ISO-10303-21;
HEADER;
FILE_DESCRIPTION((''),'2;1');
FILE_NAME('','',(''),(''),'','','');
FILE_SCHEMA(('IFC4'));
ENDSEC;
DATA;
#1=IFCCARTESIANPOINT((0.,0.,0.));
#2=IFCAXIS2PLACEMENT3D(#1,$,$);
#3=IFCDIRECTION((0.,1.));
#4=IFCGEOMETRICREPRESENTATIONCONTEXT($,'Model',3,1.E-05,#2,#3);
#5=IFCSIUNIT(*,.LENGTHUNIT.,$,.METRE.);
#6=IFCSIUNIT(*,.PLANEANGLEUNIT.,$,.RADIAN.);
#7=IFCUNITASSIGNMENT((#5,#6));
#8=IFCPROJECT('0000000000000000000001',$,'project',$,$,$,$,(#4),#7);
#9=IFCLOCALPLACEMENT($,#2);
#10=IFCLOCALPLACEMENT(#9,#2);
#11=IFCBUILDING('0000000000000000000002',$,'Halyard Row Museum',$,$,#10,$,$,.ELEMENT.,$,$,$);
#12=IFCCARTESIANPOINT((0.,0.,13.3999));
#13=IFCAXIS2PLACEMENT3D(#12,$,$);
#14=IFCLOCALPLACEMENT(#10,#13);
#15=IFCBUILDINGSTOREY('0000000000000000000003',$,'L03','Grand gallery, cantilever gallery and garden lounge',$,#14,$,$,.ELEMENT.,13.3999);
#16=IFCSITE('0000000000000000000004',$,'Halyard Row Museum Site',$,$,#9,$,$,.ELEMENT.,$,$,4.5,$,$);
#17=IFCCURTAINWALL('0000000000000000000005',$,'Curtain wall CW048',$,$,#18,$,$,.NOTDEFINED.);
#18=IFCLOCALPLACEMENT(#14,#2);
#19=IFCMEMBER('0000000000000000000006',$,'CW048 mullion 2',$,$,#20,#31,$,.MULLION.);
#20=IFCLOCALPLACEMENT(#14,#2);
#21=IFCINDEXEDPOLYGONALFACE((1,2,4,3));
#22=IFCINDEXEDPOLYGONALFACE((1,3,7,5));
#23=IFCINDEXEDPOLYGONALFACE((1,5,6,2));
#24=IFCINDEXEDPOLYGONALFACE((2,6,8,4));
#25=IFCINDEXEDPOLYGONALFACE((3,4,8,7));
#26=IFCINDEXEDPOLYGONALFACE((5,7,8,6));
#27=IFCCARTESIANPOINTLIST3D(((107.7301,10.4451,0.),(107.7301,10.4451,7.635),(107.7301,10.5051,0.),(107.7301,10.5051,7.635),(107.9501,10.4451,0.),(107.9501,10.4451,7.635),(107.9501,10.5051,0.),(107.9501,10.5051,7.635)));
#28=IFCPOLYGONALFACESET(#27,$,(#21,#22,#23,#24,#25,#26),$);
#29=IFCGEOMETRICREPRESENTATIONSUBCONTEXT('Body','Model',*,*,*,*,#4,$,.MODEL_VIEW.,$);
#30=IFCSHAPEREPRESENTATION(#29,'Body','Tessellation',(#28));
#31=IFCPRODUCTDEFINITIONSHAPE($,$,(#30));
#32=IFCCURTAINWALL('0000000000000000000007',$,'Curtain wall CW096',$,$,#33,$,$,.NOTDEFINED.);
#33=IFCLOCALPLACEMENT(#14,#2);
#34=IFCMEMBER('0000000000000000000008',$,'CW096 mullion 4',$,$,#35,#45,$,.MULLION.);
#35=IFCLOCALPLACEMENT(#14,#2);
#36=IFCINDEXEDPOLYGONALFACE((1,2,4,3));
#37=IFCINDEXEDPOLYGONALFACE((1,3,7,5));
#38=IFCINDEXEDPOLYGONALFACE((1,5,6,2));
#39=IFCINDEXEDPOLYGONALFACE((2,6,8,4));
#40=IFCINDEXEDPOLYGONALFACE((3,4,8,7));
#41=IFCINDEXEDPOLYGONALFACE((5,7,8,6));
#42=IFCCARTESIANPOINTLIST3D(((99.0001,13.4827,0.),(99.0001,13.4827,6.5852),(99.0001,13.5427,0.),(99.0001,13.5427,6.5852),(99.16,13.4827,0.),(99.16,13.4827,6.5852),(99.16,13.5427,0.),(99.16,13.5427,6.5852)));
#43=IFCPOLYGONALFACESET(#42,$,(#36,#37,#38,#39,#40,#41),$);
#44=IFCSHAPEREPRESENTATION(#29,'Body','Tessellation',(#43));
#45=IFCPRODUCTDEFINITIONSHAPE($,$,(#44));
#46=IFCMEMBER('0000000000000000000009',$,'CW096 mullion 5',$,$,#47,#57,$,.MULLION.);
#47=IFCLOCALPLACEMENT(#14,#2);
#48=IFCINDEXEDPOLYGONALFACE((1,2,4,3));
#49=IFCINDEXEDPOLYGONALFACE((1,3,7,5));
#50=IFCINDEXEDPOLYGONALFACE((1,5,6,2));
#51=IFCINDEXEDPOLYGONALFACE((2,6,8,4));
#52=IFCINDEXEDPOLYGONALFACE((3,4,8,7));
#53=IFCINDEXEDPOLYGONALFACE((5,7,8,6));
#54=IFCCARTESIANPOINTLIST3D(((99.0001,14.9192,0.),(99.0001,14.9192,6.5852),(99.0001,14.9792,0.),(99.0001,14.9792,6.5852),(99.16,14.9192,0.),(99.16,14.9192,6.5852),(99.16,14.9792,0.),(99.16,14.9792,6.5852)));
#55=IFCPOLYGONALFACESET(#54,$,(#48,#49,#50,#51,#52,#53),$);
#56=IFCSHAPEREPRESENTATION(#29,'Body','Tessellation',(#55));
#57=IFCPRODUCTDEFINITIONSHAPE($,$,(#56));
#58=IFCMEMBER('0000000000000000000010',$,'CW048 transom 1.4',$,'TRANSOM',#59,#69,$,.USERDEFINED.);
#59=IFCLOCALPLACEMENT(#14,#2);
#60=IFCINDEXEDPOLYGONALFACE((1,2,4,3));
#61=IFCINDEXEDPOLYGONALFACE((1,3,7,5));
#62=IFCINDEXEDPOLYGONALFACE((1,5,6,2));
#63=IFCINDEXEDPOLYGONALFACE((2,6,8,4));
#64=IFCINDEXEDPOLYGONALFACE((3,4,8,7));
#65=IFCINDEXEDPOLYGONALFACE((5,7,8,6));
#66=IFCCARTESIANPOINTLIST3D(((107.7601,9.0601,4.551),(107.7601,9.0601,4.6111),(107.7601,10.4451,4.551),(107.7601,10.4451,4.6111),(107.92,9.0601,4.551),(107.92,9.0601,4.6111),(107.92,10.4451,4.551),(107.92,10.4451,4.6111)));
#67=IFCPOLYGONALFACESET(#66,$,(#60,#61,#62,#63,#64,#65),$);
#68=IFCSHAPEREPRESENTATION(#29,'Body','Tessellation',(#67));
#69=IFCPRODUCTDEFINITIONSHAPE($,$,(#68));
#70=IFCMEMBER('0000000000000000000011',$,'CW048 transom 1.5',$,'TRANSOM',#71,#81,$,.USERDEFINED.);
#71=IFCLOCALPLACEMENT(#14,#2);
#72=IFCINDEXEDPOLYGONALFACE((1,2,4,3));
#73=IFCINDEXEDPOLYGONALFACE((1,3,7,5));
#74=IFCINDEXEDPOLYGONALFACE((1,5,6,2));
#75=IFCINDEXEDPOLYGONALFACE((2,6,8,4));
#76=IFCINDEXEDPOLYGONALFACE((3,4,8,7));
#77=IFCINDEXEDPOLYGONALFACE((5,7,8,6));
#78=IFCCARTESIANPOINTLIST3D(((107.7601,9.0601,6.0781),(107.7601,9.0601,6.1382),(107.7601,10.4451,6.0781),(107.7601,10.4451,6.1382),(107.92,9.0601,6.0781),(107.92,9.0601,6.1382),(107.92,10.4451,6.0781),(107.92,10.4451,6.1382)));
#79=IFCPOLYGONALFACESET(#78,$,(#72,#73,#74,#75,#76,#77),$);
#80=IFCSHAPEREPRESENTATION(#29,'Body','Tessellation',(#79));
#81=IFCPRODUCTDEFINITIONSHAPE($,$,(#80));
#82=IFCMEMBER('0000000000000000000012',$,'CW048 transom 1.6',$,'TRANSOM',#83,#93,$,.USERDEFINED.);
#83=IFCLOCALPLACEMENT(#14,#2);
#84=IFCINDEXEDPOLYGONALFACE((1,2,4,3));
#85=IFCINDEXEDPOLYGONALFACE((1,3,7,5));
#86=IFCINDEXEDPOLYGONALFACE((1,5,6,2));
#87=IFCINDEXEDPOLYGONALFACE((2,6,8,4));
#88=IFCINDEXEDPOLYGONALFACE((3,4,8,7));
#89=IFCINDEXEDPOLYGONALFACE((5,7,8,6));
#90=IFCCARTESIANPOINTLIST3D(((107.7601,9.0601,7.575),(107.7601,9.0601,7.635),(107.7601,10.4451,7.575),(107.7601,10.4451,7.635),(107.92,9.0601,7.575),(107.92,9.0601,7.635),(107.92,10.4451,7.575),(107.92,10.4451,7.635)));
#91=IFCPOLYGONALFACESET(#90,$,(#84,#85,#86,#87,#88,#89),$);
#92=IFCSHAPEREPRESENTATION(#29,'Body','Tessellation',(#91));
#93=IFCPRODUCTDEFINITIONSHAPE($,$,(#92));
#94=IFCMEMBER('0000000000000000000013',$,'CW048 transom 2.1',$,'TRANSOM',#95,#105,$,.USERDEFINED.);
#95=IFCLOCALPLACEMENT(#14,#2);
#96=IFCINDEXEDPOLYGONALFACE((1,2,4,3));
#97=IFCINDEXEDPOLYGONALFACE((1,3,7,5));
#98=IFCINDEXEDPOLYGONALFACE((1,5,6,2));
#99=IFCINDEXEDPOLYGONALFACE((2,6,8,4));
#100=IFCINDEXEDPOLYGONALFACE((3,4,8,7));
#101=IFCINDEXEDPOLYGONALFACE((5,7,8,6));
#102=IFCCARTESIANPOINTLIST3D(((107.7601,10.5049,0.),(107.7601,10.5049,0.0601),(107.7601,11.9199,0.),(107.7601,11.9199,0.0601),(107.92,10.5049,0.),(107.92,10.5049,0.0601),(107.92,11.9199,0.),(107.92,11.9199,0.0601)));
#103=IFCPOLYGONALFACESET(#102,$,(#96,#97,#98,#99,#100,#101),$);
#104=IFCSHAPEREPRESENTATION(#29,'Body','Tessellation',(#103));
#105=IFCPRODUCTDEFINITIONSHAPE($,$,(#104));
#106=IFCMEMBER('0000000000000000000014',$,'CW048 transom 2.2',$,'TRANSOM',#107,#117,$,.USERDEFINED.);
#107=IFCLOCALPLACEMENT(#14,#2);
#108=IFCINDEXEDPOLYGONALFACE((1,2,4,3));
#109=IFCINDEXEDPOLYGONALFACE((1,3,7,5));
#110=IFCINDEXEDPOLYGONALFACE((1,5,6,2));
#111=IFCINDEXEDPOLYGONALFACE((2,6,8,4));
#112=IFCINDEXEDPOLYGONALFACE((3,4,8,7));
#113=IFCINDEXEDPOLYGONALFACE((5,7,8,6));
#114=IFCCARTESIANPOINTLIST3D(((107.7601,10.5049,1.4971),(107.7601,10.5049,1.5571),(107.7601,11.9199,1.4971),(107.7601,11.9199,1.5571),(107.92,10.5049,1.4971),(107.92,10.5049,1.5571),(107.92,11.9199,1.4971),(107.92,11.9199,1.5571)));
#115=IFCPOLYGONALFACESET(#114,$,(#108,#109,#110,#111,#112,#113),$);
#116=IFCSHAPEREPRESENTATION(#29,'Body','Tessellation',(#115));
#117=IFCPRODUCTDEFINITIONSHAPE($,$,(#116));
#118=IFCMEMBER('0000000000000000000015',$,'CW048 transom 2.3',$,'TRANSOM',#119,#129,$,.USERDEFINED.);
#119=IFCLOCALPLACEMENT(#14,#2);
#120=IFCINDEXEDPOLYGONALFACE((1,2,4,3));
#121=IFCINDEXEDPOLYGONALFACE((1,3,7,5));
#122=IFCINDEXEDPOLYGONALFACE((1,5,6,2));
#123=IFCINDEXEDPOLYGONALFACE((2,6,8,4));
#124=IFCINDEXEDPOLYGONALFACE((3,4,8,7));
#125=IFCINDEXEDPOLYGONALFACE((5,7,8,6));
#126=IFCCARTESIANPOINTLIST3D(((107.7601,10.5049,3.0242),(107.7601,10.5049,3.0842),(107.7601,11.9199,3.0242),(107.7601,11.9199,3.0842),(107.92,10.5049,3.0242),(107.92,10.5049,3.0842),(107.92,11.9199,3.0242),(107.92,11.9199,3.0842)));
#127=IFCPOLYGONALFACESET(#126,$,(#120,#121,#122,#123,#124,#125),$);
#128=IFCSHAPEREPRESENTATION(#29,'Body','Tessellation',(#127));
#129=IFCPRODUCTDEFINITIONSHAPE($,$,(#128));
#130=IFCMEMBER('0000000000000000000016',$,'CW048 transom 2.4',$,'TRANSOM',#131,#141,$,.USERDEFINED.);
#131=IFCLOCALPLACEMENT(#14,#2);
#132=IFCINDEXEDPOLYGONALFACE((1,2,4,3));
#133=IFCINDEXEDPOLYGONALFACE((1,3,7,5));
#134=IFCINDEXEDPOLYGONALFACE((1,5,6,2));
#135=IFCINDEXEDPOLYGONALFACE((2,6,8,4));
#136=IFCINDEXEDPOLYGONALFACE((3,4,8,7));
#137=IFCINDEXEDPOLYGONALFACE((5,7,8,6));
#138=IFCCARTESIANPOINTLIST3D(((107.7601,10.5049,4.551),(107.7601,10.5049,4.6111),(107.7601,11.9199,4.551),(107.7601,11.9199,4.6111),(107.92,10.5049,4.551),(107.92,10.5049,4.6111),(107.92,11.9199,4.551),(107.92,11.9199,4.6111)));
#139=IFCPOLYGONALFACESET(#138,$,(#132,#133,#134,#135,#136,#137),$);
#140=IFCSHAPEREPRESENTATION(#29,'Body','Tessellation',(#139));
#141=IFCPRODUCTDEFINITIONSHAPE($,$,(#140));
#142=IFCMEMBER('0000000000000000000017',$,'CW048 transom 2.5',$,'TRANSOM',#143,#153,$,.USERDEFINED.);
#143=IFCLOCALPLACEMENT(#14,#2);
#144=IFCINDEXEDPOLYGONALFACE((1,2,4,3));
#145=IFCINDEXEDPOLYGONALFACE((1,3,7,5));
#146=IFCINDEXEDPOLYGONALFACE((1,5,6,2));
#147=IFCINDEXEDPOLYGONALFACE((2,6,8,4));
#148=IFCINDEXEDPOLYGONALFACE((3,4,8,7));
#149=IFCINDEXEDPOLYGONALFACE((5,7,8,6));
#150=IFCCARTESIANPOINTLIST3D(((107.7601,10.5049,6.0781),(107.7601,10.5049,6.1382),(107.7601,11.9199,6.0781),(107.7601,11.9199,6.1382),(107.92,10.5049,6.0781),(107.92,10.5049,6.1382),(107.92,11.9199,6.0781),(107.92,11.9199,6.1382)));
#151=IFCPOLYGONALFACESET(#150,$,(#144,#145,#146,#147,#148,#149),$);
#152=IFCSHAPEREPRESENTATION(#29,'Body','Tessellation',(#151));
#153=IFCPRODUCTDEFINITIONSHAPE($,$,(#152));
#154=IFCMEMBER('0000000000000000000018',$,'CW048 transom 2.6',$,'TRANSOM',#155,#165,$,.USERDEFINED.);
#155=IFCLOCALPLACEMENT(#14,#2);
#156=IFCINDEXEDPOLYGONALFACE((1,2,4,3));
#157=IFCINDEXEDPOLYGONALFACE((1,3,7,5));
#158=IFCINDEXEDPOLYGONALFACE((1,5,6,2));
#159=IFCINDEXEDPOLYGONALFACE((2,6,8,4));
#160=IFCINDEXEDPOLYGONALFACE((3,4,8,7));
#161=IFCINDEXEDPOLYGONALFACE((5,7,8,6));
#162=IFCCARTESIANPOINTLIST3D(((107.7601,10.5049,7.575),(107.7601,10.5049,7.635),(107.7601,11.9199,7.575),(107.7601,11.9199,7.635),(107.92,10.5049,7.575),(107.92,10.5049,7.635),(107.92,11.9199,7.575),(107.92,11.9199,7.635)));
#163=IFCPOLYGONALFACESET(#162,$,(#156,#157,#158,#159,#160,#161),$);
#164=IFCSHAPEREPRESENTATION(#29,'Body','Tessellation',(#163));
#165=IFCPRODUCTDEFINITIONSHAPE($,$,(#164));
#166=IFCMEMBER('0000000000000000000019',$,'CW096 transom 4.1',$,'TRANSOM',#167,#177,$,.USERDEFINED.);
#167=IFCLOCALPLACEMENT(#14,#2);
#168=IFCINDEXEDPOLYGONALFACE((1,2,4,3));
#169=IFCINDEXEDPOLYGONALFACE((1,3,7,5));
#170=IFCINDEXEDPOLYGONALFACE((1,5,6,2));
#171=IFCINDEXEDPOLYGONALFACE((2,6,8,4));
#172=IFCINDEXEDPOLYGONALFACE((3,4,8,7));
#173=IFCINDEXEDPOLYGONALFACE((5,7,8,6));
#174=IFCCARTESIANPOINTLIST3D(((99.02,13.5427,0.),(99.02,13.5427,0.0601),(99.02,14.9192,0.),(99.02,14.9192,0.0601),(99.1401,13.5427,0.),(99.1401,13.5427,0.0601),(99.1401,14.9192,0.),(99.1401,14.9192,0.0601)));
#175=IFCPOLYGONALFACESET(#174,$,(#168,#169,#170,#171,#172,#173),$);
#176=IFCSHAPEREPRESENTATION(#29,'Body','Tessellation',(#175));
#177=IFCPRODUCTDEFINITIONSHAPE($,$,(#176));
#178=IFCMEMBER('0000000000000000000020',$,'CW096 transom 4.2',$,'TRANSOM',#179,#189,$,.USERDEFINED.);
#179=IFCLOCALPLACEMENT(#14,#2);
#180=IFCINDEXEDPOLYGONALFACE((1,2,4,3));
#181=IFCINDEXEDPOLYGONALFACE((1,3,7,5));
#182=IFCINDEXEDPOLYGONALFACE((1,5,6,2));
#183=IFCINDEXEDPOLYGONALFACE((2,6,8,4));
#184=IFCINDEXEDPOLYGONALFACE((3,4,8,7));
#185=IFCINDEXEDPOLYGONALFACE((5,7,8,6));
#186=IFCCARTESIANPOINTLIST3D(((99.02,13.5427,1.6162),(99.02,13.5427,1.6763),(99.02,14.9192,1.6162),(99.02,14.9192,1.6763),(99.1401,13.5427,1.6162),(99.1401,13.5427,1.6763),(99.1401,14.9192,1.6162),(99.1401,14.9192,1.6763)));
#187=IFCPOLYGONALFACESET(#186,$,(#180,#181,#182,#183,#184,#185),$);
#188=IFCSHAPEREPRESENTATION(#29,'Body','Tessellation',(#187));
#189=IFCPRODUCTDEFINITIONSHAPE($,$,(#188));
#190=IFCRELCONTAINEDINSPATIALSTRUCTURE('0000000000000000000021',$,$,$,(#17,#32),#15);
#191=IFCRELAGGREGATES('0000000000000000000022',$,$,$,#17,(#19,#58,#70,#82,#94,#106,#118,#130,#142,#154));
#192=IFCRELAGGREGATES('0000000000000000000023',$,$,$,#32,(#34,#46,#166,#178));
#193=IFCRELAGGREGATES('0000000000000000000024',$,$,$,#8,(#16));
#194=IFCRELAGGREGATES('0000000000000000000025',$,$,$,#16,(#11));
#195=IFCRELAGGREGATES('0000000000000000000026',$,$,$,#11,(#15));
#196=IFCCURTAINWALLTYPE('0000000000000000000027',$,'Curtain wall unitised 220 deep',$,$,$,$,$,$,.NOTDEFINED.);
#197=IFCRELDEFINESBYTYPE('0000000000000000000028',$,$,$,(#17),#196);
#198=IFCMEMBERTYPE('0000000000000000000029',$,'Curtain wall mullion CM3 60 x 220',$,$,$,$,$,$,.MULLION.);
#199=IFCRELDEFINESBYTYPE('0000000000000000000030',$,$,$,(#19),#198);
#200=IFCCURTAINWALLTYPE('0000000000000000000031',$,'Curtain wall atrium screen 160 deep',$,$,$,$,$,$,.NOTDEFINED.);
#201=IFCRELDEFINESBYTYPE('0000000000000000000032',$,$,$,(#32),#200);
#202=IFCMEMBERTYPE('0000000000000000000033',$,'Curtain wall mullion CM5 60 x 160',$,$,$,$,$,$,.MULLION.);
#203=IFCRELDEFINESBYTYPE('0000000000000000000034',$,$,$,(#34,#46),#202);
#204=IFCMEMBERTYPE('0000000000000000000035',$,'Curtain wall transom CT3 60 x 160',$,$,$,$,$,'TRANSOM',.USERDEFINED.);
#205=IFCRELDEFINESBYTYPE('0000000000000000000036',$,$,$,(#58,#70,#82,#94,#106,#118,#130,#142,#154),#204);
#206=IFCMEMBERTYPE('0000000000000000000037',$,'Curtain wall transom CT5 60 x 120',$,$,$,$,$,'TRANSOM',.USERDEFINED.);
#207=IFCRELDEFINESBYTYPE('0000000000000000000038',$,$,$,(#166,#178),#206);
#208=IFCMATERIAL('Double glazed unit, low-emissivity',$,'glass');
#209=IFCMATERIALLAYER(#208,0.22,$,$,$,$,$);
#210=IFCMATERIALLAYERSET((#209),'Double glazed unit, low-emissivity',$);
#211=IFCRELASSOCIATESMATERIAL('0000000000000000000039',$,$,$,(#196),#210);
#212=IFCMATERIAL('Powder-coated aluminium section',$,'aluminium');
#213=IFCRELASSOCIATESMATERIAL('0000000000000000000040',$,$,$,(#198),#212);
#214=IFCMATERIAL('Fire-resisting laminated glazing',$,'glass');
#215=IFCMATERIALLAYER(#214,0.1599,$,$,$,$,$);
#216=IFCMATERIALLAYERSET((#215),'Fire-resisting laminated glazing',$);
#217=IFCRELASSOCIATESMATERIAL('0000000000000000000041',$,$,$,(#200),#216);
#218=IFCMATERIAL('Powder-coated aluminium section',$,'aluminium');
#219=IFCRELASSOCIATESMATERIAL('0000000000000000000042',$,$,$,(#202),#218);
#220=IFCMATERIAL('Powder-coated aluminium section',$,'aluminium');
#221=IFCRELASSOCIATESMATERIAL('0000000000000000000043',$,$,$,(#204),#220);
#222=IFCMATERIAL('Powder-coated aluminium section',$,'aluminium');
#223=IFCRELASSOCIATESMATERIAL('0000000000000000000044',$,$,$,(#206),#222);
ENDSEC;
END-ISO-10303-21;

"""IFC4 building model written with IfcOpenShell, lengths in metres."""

from ifc_helpers import new_model, si_unit, direction, frame, origin, origin_2d, place, context, subcontext, project, spatial, rectangle, extrude, material, layer, layer_set, material_profile, profile_set, type_object, element, aggregate, save


model = new_model("IFC4")

# Units and contexts
model_context = context("Model", 3, precision=1e-05, world=origin(), true_north=direction((0.0, 1.0)))
body_context = subcontext(model_context, "Body", "Model", "MODEL_VIEW")
ifc_project = project(units=[si_unit("LENGTHUNIT", "METRE"), si_unit("PLANEANGLEUNIT", "RADIAN")], contexts=[model_context])

# Site, building, storey
site_placement = place(None, origin())
site = spatial("IfcSite", under=ifc_project, at=site_placement, Name="Halyard Row Museum Site", CompositionType="ELEMENT", RefElevation=4.5)
building_placement = place(site_placement, origin())
building = spatial("IfcBuilding", under=site, at=building_placement, Name="Halyard Row Museum", CompositionType="ELEMENT")
storey_placement = place(building_placement, frame((0.0, 0.0, 13.3999)))
storey = spatial("IfcBuildingStorey", under=building, at=storey_placement, Name="L03", Description="Grand gallery, cantilever gallery and garden lounge", CompositionType="ELEMENT", Elevation=13.3999)

# Curtain wall, member
ifc_material_1 = material(Name="Double glazed unit, low-emissivity", Category="glass")
ifc_layer_1 = layer(ifc_material_1, 0.22)
ifc_layer_set_1 = layer_set([ifc_layer_1], Name="Double glazed unit, low-emissivity")
curtain_wall_type_1 = type_object("IfcCurtainWallType", Name="Curtain wall unitised 220 deep", PredefinedType="NOTDEFINED", material=ifc_layer_set_1)
curtain_wall_1_placement = place(storey_placement, origin())
curtain_wall_1 = element("IfcCurtainWall", 1, at=curtain_wall_1_placement, inside=storey, type_object=curtain_wall_type_1, Name="Curtain wall CW048", PredefinedType="NOTDEFINED")
ifc_material_2 = material(Name="Powder-coated aluminium section", Category="aluminium")
ifc_material_profile_1 = material_profile(ifc_material_2, rectangle(XDim=0.22, YDim=0.0601, at=origin_2d()), Name="220x60 mullion")
ifc_profile_set_1 = profile_set([ifc_material_profile_1], Name="Powder-coated aluminium section")
member_type_1 = type_object("IfcMemberType", Name="Curtain wall mullion CM3 60 x 220", PredefinedType="MULLION", material=ifc_profile_set_1)
member_1_placement = place(storey_placement, frame((107.8401, 10.4751, 0.0), z_axis=(0.0, 0.0, 1.0), x_axis=(-1.0, 0.0, 0.0)))
member_1 = element("IfcMember", 2, at=member_1_placement, type_object=member_type_1, Name="CW048 mullion 2", PredefinedType="MULLION", context=body_context, shape_type="SweptSolid", body=[
    extrude(rectangle(XDim=0.22, YDim=0.0601, at=origin_2d()), origin(), (0.0, 0.0, 1.0), 7.635),
])

# Curtain wall, members
ifc_material_3 = material(Name="Fire-resisting laminated glazing", Category="glass")
ifc_layer_2 = layer(ifc_material_3, 0.1599)
ifc_layer_set_2 = layer_set([ifc_layer_2], Name="Fire-resisting laminated glazing")
curtain_wall_type_2 = type_object("IfcCurtainWallType", Name="Curtain wall atrium screen 160 deep", PredefinedType="NOTDEFINED", material=ifc_layer_set_2)
curtain_wall_2_placement = place(storey_placement, origin())
curtain_wall_2 = element("IfcCurtainWall", 3, at=curtain_wall_2_placement, inside=storey, type_object=curtain_wall_type_2, Name="Curtain wall CW096", PredefinedType="NOTDEFINED")
ifc_material_4 = material(Name="Powder-coated aluminium section", Category="aluminium")
ifc_material_profile_2 = material_profile(ifc_material_4, rectangle(XDim=0.1599, YDim=0.0601, at=origin_2d()), Name="160x60 mullion")
ifc_profile_set_2 = profile_set([ifc_material_profile_2], Name="Powder-coated aluminium section")
member_type_2 = type_object("IfcMemberType", Name="Curtain wall mullion CM5 60 x 160", PredefinedType="MULLION", material=ifc_profile_set_2)
member_2_placement = place(storey_placement, frame((99.0801, 13.5127, 0.0), z_axis=(0.0, 0.0, 1.0), x_axis=(-1.0, 0.0, 0.0)))
member_2 = element("IfcMember", 4, at=member_2_placement, type_object=member_type_2, Name="CW096 mullion 4", PredefinedType="MULLION", context=body_context, shape_type="SweptSolid", body=[
    extrude(rectangle(XDim=0.1599, YDim=0.0601, at=origin_2d()), origin(), (0.0, 0.0, 1.0), 6.5852),
])
member_3_placement = place(storey_placement, frame((99.0801, 14.9492, 0.0), z_axis=(0.0, 0.0, 1.0), x_axis=(-1.0, 0.0, 0.0)))
member_3 = element("IfcMember", 5, at=member_3_placement, type_object=member_type_2, Name="CW096 mullion 5", PredefinedType="MULLION", context=body_context, shape_type="SweptSolid", body=[
    extrude(rectangle(XDim=0.1599, YDim=0.0601, at=origin_2d()), origin(), (0.0, 0.0, 1.0), 6.5852),
])

# Members
ifc_material_5 = material(Name="Powder-coated aluminium section", Category="aluminium")
ifc_material_profile_3 = material_profile(ifc_material_5, rectangle(XDim=0.1599, YDim=0.0601, at=origin_2d()), Name="160x60 transom")
ifc_profile_set_3 = profile_set([ifc_material_profile_3], Name="Powder-coated aluminium section")
member_type_3 = type_object("IfcMemberType", Name="Curtain wall transom CT3 60 x 160", ElementType="TRANSOM", PredefinedType="USERDEFINED", material=ifc_profile_set_3)
member_4_placement = place(storey_placement, frame((107.8401, 9.0601, 4.5811), z_axis=(0.0, 1.0, 0.0), x_axis=(-1.0, 0.0, 0.0)))
member_4 = element("IfcMember", 6, at=member_4_placement, type_object=member_type_3, Name="CW048 transom 1.4", ObjectType="TRANSOM", PredefinedType="USERDEFINED", context=body_context, shape_type="SweptSolid", body=[
    extrude(rectangle(XDim=0.1599, YDim=0.0601, at=origin_2d()), origin(), (0.0, 0.0, 1.0), 1.385),
])
member_5_placement = place(storey_placement, frame((107.8401, 9.0601, 6.1082), z_axis=(0.0, 1.0, 0.0), x_axis=(-1.0, 0.0, 0.0)))
member_5 = element("IfcMember", 7, at=member_5_placement, type_object=member_type_3, Name="CW048 transom 1.5", ObjectType="TRANSOM", PredefinedType="USERDEFINED", context=body_context, shape_type="SweptSolid", body=[
    extrude(rectangle(XDim=0.1599, YDim=0.0601, at=origin_2d()), origin(), (0.0, 0.0, 1.0), 1.385),
])
member_6_placement = place(storey_placement, frame((107.8401, 9.0601, 7.605), z_axis=(0.0, 1.0, 0.0), x_axis=(-1.0, 0.0, 0.0)))
member_6 = element("IfcMember", 8, at=member_6_placement, type_object=member_type_3, Name="CW048 transom 1.6", ObjectType="TRANSOM", PredefinedType="USERDEFINED", context=body_context, shape_type="SweptSolid", body=[
    extrude(rectangle(XDim=0.1599, YDim=0.0601, at=origin_2d()), origin(), (0.0, 0.0, 1.0), 1.385),
])
member_7_placement = place(storey_placement, frame((107.8401, 10.5049, 0.03), z_axis=(0.0, 1.0, 0.0), x_axis=(-1.0, 0.0, 0.0)))
member_7 = element("IfcMember", 9, at=member_7_placement, type_object=member_type_3, Name="CW048 transom 2.1", ObjectType="TRANSOM", PredefinedType="USERDEFINED", context=body_context, shape_type="SweptSolid", body=[
    extrude(rectangle(XDim=0.1599, YDim=0.0601, at=origin_2d()), origin(), (0.0, 0.0, 1.0), 1.415),
])
member_8_placement = place(storey_placement, frame((107.8401, 10.5049, 1.5271), z_axis=(0.0, 1.0, 0.0), x_axis=(-1.0, 0.0, 0.0)))
member_8 = element("IfcMember", 10, at=member_8_placement, type_object=member_type_3, Name="CW048 transom 2.2", ObjectType="TRANSOM", PredefinedType="USERDEFINED", context=body_context, shape_type="SweptSolid", body=[
    extrude(rectangle(XDim=0.1599, YDim=0.0601, at=origin_2d()), origin(), (0.0, 0.0, 1.0), 1.415),
])
member_9_placement = place(storey_placement, frame((107.8401, 10.5049, 3.0542), z_axis=(0.0, 1.0, 0.0), x_axis=(-1.0, 0.0, 0.0)))
member_9 = element("IfcMember", 11, at=member_9_placement, type_object=member_type_3, Name="CW048 transom 2.3", ObjectType="TRANSOM", PredefinedType="USERDEFINED", context=body_context, shape_type="SweptSolid", body=[
    extrude(rectangle(XDim=0.1599, YDim=0.0601, at=origin_2d()), origin(), (0.0, 0.0, 1.0), 1.415),
])
member_10_placement = place(storey_placement, frame((107.8401, 10.5049, 4.5811), z_axis=(0.0, 1.0, 0.0), x_axis=(-1.0, 0.0, 0.0)))
member_10 = element("IfcMember", 12, at=member_10_placement, type_object=member_type_3, Name="CW048 transom 2.4", ObjectType="TRANSOM", PredefinedType="USERDEFINED", context=body_context, shape_type="SweptSolid", body=[
    extrude(rectangle(XDim=0.1599, YDim=0.0601, at=origin_2d()), origin(), (0.0, 0.0, 1.0), 1.415),
])
member_11_placement = place(storey_placement, frame((107.8401, 10.5049, 6.1082), z_axis=(0.0, 1.0, 0.0), x_axis=(-1.0, 0.0, 0.0)))
member_11 = element("IfcMember", 13, at=member_11_placement, type_object=member_type_3, Name="CW048 transom 2.5", ObjectType="TRANSOM", PredefinedType="USERDEFINED", context=body_context, shape_type="SweptSolid", body=[
    extrude(rectangle(XDim=0.1599, YDim=0.0601, at=origin_2d()), origin(), (0.0, 0.0, 1.0), 1.415),
])
member_12_placement = place(storey_placement, frame((107.8401, 10.5049, 7.605), z_axis=(0.0, 1.0, 0.0), x_axis=(-1.0, 0.0, 0.0)))
member_12 = element("IfcMember", 14, at=member_12_placement, type_object=member_type_3, Name="CW048 transom 2.6", ObjectType="TRANSOM", PredefinedType="USERDEFINED", context=body_context, shape_type="SweptSolid", body=[
    extrude(rectangle(XDim=0.1599, YDim=0.0601, at=origin_2d()), origin(), (0.0, 0.0, 1.0), 1.415),
])
ifc_material_6 = material(Name="Powder-coated aluminium section", Category="aluminium")
ifc_material_profile_4 = material_profile(ifc_material_6, rectangle(XDim=0.1201, YDim=0.0601, at=origin_2d()), Name="120x60 transom")
ifc_profile_set_4 = profile_set([ifc_material_profile_4], Name="Powder-coated aluminium section")
member_type_4 = type_object("IfcMemberType", Name="Curtain wall transom CT5 60 x 120", ElementType="TRANSOM", PredefinedType="USERDEFINED", material=ifc_profile_set_4)
member_13_placement = place(storey_placement, frame((99.0801, 13.5427, 0.03), z_axis=(0.0, 1.0, 0.0), x_axis=(-1.0, 0.0, 0.0)))
member_13 = element("IfcMember", 15, at=member_13_placement, type_object=member_type_4, Name="CW096 transom 4.1", ObjectType="TRANSOM", PredefinedType="USERDEFINED", context=body_context, shape_type="SweptSolid", body=[
    extrude(rectangle(XDim=0.1201, YDim=0.0601, at=origin_2d()), origin(), (0.0, 0.0, 1.0), 1.3765),
])
member_14_placement = place(storey_placement, frame((99.0801, 13.5427, 1.6462), z_axis=(0.0, 1.0, 0.0), x_axis=(-1.0, 0.0, 0.0)))
member_14 = element("IfcMember", 16, at=member_14_placement, type_object=member_type_4, Name="CW096 transom 4.2", ObjectType="TRANSOM", PredefinedType="USERDEFINED", context=body_context, shape_type="SweptSolid", body=[
    extrude(rectangle(XDim=0.1201, YDim=0.0601, at=origin_2d()), origin(), (0.0, 0.0, 1.0), 1.3765),
])

aggregate(curtain_wall_1, [member_1, member_4, member_5, member_6, member_7, member_8, member_9, member_10, member_11, member_12])
aggregate(curtain_wall_2, [member_2, member_3, member_13, member_14])

save(model, "model.ifc")
